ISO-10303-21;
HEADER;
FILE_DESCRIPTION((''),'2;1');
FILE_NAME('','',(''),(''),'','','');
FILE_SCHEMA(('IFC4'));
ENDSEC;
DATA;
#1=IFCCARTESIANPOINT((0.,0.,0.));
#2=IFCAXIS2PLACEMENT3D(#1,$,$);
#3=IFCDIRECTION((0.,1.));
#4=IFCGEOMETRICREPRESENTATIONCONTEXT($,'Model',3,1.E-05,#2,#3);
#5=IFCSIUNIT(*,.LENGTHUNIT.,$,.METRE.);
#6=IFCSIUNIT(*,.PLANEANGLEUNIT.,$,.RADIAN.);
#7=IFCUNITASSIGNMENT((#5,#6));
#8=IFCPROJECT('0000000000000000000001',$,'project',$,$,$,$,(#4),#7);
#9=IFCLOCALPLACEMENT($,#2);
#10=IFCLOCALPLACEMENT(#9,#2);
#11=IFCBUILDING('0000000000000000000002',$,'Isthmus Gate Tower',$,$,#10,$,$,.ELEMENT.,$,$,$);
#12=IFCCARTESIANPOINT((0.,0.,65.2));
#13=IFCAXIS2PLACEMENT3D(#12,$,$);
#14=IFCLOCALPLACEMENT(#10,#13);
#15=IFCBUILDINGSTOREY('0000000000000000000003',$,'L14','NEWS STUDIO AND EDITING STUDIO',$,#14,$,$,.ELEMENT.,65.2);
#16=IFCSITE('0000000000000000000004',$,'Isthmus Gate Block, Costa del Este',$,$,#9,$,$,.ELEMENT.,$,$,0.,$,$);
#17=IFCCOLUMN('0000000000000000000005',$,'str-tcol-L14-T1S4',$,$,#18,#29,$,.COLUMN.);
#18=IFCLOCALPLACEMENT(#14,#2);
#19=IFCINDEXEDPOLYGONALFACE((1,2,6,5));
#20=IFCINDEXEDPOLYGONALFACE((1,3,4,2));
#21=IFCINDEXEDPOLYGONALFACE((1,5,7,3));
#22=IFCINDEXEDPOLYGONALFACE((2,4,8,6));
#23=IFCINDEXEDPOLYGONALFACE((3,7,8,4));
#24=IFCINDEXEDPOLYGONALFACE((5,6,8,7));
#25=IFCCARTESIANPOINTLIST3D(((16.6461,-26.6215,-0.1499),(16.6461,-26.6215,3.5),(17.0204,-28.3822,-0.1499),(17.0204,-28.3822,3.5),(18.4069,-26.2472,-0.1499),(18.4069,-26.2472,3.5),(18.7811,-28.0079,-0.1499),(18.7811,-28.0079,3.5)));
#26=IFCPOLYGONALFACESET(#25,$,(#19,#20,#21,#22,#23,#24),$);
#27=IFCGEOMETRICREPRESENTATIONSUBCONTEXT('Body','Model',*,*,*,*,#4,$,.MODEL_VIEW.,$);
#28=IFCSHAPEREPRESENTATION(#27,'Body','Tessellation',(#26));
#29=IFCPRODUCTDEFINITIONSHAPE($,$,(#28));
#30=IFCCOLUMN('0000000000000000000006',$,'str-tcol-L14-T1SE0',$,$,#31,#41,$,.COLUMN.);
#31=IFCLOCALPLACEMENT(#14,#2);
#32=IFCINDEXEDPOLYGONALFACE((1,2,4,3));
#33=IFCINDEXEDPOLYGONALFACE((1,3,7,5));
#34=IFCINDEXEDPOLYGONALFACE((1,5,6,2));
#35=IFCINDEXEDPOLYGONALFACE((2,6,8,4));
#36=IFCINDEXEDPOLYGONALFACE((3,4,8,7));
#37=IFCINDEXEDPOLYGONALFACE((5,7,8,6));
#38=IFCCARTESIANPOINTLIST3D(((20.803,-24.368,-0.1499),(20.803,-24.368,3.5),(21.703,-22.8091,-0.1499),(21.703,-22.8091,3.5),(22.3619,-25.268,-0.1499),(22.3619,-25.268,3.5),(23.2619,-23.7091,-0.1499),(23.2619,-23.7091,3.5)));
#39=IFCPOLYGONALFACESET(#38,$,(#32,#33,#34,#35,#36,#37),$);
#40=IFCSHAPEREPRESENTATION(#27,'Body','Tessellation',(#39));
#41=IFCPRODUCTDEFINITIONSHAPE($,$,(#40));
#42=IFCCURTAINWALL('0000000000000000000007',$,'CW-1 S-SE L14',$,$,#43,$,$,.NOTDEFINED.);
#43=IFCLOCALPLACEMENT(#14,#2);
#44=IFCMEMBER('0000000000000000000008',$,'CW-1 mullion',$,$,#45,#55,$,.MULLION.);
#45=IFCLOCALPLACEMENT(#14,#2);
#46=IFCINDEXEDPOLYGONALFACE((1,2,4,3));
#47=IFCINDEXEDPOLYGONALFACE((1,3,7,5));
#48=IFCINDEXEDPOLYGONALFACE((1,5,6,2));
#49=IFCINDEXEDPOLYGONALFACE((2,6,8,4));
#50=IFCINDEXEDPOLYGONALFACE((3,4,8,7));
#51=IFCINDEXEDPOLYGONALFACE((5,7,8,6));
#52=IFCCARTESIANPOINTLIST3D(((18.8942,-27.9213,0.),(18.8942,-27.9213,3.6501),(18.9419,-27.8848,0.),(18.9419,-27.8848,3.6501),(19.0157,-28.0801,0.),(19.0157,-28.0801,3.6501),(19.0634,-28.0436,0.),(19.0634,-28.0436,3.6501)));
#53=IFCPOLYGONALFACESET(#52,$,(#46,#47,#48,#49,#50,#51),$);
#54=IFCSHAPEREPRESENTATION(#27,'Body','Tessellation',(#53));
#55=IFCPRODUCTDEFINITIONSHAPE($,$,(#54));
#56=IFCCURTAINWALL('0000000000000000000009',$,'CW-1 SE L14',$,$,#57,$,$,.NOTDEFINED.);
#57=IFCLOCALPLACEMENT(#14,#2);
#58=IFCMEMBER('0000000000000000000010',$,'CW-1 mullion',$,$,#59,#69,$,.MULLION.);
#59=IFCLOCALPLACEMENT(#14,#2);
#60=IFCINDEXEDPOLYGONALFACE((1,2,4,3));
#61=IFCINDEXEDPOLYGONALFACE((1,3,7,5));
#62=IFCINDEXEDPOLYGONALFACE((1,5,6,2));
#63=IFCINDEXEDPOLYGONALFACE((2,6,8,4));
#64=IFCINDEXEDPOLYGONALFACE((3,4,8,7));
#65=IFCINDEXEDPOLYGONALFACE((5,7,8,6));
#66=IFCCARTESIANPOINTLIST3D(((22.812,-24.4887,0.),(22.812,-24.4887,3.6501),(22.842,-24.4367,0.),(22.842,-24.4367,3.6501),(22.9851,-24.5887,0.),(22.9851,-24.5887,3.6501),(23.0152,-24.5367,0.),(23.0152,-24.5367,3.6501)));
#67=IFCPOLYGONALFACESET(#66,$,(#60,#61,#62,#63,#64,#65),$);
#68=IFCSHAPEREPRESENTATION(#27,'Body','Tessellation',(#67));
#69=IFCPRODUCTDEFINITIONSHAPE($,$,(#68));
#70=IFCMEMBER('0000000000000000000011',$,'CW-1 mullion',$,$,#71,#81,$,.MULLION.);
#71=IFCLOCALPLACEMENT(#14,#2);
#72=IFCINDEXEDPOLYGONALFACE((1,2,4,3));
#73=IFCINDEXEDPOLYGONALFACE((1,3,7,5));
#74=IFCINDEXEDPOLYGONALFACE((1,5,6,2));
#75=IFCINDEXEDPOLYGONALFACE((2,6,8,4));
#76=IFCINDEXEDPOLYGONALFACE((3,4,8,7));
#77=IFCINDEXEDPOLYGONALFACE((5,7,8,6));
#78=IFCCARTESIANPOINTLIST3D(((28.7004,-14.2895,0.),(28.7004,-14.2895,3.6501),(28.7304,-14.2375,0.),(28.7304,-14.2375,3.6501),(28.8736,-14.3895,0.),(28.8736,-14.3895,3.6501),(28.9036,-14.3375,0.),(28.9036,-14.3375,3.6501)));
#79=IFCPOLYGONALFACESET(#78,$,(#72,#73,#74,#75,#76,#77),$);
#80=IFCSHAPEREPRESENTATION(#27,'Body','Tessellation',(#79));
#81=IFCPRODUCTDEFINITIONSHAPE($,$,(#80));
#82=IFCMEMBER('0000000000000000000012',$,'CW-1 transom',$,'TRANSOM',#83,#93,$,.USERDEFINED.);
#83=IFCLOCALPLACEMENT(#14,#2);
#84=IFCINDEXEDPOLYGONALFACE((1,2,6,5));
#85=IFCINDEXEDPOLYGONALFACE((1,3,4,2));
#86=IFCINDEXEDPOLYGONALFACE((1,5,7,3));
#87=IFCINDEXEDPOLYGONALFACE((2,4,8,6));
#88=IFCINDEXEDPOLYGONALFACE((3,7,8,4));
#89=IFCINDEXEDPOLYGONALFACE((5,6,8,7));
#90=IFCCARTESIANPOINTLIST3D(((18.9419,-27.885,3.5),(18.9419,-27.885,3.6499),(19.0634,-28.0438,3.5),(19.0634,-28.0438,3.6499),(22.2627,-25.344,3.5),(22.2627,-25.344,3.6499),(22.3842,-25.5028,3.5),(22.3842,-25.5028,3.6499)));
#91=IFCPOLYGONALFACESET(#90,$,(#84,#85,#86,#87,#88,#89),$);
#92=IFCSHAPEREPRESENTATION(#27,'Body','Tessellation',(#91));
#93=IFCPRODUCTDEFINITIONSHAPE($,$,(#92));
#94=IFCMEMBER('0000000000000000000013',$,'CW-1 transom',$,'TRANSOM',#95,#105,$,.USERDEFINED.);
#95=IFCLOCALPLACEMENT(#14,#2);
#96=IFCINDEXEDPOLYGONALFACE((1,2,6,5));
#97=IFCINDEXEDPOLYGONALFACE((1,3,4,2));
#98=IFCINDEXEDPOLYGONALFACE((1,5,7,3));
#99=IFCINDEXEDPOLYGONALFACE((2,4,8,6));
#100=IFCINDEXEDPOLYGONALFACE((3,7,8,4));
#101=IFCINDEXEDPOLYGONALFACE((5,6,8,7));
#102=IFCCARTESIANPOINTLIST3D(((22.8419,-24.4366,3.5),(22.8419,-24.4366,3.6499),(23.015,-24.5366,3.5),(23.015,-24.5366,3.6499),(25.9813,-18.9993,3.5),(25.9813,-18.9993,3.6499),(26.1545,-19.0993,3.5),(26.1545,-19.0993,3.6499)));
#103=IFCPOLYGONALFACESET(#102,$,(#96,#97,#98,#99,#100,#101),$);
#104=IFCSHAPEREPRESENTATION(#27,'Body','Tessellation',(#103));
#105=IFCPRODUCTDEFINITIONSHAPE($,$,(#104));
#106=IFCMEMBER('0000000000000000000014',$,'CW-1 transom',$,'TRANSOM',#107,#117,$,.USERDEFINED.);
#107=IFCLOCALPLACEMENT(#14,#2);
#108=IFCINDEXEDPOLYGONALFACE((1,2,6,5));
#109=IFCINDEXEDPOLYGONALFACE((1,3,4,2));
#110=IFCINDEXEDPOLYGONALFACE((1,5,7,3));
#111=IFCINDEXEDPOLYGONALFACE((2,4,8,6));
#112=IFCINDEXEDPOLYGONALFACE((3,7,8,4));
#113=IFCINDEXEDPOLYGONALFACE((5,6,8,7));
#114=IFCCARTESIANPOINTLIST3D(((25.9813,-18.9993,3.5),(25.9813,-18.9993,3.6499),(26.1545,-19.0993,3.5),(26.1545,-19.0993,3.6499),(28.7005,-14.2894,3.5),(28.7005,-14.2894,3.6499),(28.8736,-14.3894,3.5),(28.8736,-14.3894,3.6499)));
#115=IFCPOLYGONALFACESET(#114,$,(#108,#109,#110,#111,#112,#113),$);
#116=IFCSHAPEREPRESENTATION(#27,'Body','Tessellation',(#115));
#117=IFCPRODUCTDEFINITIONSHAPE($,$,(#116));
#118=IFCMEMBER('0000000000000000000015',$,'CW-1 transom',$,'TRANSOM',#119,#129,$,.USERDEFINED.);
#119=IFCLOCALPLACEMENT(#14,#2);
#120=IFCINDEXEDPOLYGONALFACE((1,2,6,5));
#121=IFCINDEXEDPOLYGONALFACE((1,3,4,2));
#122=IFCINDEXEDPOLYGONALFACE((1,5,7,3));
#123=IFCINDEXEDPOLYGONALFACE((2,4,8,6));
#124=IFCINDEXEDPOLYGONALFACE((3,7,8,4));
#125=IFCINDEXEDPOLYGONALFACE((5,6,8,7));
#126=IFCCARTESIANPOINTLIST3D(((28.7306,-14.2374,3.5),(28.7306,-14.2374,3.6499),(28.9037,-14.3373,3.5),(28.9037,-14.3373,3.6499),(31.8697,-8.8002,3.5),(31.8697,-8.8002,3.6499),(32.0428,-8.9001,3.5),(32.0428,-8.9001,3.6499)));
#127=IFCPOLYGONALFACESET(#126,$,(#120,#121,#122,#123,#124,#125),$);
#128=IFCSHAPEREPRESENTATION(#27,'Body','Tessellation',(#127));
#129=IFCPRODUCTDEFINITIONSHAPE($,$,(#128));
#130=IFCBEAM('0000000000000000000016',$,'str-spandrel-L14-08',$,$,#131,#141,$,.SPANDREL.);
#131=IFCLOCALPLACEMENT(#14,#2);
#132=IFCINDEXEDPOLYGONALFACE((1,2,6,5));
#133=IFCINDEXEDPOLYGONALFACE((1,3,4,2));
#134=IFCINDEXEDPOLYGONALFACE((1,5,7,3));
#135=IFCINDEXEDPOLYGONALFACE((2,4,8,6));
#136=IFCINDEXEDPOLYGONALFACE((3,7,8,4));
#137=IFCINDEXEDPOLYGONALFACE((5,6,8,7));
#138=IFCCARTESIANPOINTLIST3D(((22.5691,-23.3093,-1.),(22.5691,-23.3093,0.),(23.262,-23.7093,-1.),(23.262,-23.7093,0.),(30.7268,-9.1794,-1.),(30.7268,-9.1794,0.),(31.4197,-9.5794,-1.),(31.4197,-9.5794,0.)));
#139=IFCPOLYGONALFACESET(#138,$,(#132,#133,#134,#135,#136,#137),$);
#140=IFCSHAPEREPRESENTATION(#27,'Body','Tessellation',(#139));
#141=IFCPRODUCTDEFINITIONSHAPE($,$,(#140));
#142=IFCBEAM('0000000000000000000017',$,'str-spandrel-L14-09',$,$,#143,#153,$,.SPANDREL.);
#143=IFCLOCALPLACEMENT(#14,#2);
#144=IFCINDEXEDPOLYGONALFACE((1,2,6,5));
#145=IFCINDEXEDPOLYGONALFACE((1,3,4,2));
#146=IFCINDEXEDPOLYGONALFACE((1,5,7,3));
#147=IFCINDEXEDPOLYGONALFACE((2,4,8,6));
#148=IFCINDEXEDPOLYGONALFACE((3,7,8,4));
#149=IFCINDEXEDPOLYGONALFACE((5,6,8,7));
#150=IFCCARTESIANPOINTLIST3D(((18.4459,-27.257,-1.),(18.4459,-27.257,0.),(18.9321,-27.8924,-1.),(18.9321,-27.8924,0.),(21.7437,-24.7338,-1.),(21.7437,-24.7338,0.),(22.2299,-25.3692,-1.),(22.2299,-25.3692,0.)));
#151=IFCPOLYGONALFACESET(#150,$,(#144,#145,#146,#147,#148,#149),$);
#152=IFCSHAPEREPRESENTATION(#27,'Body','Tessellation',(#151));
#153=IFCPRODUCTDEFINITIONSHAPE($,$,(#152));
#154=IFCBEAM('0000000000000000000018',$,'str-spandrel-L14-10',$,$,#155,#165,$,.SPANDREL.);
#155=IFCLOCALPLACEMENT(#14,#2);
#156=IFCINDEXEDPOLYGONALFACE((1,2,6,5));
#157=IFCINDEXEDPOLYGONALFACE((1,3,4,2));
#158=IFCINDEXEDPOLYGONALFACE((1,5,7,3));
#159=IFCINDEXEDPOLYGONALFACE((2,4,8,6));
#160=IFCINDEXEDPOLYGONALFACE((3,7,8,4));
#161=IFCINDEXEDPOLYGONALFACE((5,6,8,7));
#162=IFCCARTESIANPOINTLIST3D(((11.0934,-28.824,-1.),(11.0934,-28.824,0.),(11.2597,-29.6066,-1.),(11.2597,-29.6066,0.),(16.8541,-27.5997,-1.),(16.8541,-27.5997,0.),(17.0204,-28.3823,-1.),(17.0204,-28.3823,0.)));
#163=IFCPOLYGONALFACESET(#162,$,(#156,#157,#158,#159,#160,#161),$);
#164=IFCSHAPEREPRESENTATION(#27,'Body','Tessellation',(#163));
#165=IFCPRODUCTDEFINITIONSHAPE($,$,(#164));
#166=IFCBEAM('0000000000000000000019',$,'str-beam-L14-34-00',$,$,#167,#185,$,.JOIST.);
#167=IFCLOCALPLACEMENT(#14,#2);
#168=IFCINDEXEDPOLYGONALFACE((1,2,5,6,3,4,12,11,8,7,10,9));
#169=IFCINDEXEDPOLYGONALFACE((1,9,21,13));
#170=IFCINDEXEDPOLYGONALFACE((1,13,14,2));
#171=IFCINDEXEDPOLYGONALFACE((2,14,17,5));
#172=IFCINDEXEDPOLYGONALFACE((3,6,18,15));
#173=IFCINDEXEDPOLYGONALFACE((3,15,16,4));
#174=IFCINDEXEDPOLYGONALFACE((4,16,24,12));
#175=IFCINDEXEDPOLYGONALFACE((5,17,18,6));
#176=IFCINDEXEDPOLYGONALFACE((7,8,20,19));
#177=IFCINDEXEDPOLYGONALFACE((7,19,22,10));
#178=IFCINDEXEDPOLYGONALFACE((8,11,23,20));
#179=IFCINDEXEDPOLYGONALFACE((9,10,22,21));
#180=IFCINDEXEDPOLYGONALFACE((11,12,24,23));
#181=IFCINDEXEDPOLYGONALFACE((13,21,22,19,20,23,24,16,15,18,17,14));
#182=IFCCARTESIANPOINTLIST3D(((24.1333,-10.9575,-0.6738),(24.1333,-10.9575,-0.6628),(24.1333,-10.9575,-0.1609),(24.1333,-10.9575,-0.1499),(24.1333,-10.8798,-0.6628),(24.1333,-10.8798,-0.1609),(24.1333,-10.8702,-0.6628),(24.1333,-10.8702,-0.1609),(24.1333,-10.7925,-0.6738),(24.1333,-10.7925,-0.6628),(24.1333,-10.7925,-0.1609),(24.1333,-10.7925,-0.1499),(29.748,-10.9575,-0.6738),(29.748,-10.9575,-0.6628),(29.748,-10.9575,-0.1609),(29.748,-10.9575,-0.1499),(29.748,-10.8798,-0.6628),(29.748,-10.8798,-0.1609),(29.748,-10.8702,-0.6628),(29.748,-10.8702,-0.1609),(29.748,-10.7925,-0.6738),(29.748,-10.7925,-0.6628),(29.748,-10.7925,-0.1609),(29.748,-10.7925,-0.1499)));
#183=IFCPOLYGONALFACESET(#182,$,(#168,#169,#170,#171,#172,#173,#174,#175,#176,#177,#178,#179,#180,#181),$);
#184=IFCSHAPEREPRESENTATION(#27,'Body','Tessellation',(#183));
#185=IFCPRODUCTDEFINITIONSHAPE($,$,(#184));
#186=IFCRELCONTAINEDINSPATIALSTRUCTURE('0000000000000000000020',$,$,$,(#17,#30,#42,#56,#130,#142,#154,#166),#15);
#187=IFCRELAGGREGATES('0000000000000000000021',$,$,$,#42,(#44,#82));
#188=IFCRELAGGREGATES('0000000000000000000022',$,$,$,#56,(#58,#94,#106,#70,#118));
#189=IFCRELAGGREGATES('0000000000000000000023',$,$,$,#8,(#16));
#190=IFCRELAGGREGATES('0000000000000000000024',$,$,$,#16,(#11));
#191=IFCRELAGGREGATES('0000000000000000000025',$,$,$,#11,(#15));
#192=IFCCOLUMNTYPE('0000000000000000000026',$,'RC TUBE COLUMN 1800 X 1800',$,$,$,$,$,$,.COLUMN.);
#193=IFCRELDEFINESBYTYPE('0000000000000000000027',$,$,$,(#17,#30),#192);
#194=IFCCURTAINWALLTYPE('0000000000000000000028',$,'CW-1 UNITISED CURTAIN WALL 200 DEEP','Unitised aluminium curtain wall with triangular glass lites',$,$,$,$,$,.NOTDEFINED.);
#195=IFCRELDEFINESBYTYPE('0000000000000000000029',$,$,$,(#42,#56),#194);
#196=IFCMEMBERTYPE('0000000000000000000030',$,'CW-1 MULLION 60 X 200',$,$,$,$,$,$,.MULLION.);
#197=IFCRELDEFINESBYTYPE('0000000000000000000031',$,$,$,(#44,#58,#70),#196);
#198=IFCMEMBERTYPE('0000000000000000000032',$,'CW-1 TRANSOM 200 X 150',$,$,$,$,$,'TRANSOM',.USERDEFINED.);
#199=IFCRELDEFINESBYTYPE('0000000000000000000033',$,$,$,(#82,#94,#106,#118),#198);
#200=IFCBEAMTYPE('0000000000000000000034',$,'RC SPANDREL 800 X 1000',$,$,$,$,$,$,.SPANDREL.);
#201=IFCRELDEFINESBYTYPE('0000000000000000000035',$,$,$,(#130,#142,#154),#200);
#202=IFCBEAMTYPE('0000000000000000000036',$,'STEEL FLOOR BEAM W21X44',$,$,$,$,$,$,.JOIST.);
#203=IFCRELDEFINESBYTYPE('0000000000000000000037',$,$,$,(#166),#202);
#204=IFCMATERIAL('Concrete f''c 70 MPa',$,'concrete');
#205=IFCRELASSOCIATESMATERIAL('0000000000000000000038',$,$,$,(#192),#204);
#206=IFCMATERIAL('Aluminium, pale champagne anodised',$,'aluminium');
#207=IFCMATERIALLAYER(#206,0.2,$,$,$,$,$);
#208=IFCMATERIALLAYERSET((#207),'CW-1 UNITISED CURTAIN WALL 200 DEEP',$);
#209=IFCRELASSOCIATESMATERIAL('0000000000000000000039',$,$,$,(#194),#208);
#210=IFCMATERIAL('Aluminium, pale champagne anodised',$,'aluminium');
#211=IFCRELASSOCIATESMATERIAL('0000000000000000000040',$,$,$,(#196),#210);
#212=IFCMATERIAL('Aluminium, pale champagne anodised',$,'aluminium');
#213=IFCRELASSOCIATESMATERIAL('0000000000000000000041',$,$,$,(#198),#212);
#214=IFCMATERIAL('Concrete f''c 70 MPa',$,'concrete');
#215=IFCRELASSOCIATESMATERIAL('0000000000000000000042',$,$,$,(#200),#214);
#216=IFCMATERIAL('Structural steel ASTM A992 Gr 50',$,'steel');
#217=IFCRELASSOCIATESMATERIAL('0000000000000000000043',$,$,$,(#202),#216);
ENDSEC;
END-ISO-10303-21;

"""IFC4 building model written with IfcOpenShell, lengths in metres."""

from ifc_helpers import new_model, si_unit, direction, frame, origin, origin_2d, place, context, subcontext, project, spatial, rectangle, i_section, extrude, material, layer, layer_set, material_profile, profile_set, type_object, element, aggregate, save


model = new_model("IFC4")

# Units and contexts
model_context = context("Model", 3, precision=1e-05, world=origin(), true_north=direction((0.0, 1.0)))
body_context = subcontext(model_context, "Body", "Model", "MODEL_VIEW")
ifc_project = project(units=[si_unit("LENGTHUNIT", "METRE"), si_unit("PLANEANGLEUNIT", "RADIAN")], contexts=[model_context])

# Site, building, storey
site_placement = place(None, origin())
site = spatial("IfcSite", under=ifc_project, at=site_placement, Name="Isthmus Gate Block, Costa del Este", CompositionType="ELEMENT", RefElevation=0.0)
building_placement = place(site_placement, origin())
building = spatial("IfcBuilding", under=site, at=building_placement, Name="Isthmus Gate Tower", CompositionType="ELEMENT")
storey_placement = place(building_placement, frame((0.0, 0.0, 65.2)))
storey = spatial("IfcBuildingStorey", under=building, at=storey_placement, Name="L14", Description="NEWS STUDIO AND EDITING STUDIO", CompositionType="ELEMENT", Elevation=65.2)

# Columns
ifc_material_1 = material(Name="Concrete f'c 70 MPa", Category="concrete")
ifc_material_profile_1 = material_profile(ifc_material_1, rectangle(XDim=1.8, YDim=1.8, at=origin_2d()), Name="RC 1800X1800")
ifc_profile_set_1 = profile_set([ifc_material_profile_1], Name="Concrete f'c 70 MPa")
column_type = type_object("IfcColumnType", Name="RC TUBE COLUMN 1800 X 1800", PredefinedType="COLUMN", material=ifc_profile_set_1)
for number, where, z_axis, x_axis, name in (
    (1, (17.7136, -27.3147, -0.1499), (0.0, 0.0, 1.0), (0.978148, 0.207912, 0.0), "str-tcol-L14-T1S4"),
    (2, (22.0325, -24.0386, -0.1499), (0.0, 0.0, 1.0), (0.5, 0.866025, 0.0), "str-tcol-L14-T1SE0"),
):
    element("IfcColumn", number, at=place(storey_placement, frame(where, z_axis=z_axis, x_axis=x_axis)), inside=storey, type_object=column_type, Name=name, PredefinedType="COLUMN", context=body_context, shape_type="SweptSolid", body=[
        extrude(rectangle(XDim=1.8, YDim=1.8, at=origin_2d()), origin(), (0.0, 0.0, 1.0), 3.6499),
    ])

# Curtain wall, member
ifc_material_2 = material(Name="Aluminium, pale champagne anodised", Category="aluminium")
ifc_layer_1 = layer(ifc_material_2, 0.2)
ifc_layer_set_1 = layer_set([ifc_layer_1], Name="CW-1 UNITISED CURTAIN WALL 200 DEEP")
curtain_wall_type = type_object("IfcCurtainWallType", Name="CW-1 UNITISED CURTAIN WALL 200 DEEP", Description="Unitised aluminium curtain wall with triangular glass lites", PredefinedType="NOTDEFINED", material=ifc_layer_set_1)
curtain_wall_1_placement = place(storey_placement, origin())
curtain_wall_1 = element("IfcCurtainWall", 3, at=curtain_wall_1_placement, inside=storey, type_object=curtain_wall_type, Name="CW-1 S-SE L14", PredefinedType="NOTDEFINED")
ifc_material_3 = material(Name="Aluminium, pale champagne anodised", Category="aluminium")
ifc_material_profile_2 = material_profile(ifc_material_3, rectangle(XDim=0.0601, YDim=0.2, at=origin_2d()), Name="60x200")
ifc_profile_set_2 = profile_set([ifc_material_profile_2], Name="Aluminium, pale champagne anodised")
member_type_1 = type_object("IfcMemberType", Name="CW-1 MULLION 60 X 200", PredefinedType="MULLION", material=ifc_profile_set_2)
member_1_placement = place(storey_placement, frame((18.9788, -27.9824, 0.0), z_axis=(0.0, 0.0, 1.0), x_axis=(0.794189, 0.607671, 0.0)))
member_1 = element("IfcMember", 4, at=member_1_placement, type_object=member_type_1, Name="CW-1 mullion", PredefinedType="MULLION", context=body_context, shape_type="SweptSolid", body=[
    extrude(rectangle(XDim=0.0601, YDim=0.2, at=origin_2d()), origin(), (0.0, 0.0, 1.0), 3.6501),
])

# Curtain wall, members
curtain_wall_2_placement = place(storey_placement, origin())
curtain_wall_2 = element("IfcCurtainWall", 5, at=curtain_wall_2_placement, inside=storey, type_object=curtain_wall_type, Name="CW-1 SE L14", PredefinedType="NOTDEFINED")
member_2_placement = place(storey_placement, frame((22.9136, -24.5127, 0.0), z_axis=(0.0, 0.0, 1.0), x_axis=(0.5, 0.866025, 0.0)))
member_2 = element("IfcMember", 6, at=member_2_placement, type_object=member_type_1, Name="CW-1 mullion", PredefinedType="MULLION", context=body_context, shape_type="SweptSolid", body=[
    extrude(rectangle(XDim=0.0601, YDim=0.2, at=origin_2d()), origin(), (0.0, 0.0, 1.0), 3.6501),
])
member_3_placement = place(storey_placement, frame((28.802, -14.3135, 0.0), z_axis=(0.0, 0.0, 1.0), x_axis=(0.5, 0.866025, 0.0)))
member_3 = element("IfcMember", 7, at=member_3_placement, type_object=member_type_1, Name="CW-1 mullion", PredefinedType="MULLION", context=body_context, shape_type="SweptSolid", body=[
    extrude(rectangle(XDim=0.0601, YDim=0.2, at=origin_2d()), origin(), (0.0, 0.0, 1.0), 3.6501),
])

# Members
ifc_material_4 = material(Name="Aluminium, pale champagne anodised", Category="aluminium")
ifc_material_profile_3 = material_profile(ifc_material_4, rectangle(XDim=0.2, YDim=0.1499, at=origin_2d()), Name="200x150")
ifc_profile_set_3 = profile_set([ifc_material_profile_3], Name="Aluminium, pale champagne anodised")
member_type_2 = type_object("IfcMemberType", Name="CW-1 TRANSOM 200 X 150", ElementType="TRANSOM", PredefinedType="USERDEFINED", material=ifc_profile_set_3)
member_4_placement = place(storey_placement, frame((19.0027, -27.9644, 3.575), z_axis=(0.794175, 0.607688, 0.0), x_axis=(-0.607688, 0.794175, 0.0)))
member_4 = element("IfcMember", 8, at=member_4_placement, type_object=member_type_2, Name="CW-1 transom", ObjectType="TRANSOM", PredefinedType="USERDEFINED", context=body_context, shape_type="SweptSolid", body=[
    extrude(rectangle(XDim=0.2, YDim=0.1499, at=origin_2d()), origin(), (0.0, 0.0, 1.0), 4.1814),
])
member_5_placement = place(storey_placement, frame((22.9285, -24.4866, 3.575), z_axis=(0.500024, 0.866011, 0.0), x_axis=(-0.866011, 0.500024, 0.0)))
member_5 = element("IfcMember", 9, at=member_5_placement, type_object=member_type_2, Name="CW-1 transom", ObjectType="TRANSOM", PredefinedType="USERDEFINED", context=body_context, shape_type="SweptSolid", body=[
    extrude(rectangle(XDim=0.2, YDim=0.1499, at=origin_2d()), origin(), (0.0, 0.0, 1.0), 6.2786),
])
member_6_placement = place(storey_placement, frame((26.0679, -19.0493, 3.575), z_axis=(0.499992, 0.86603, 0.0), x_axis=(-0.86603, 0.499992, 0.0)))
member_6 = element("IfcMember", 10, at=member_6_placement, type_object=member_type_2, Name="CW-1 transom", ObjectType="TRANSOM", PredefinedType="USERDEFINED", context=body_context, shape_type="SweptSolid", body=[
    extrude(rectangle(XDim=0.2, YDim=0.1499, at=origin_2d()), origin(), (0.0, 0.0, 1.0), 5.4385),
])
member_7_placement = place(storey_placement, frame((28.8171, -14.2874, 3.575), z_axis=(0.499995, 0.866028, 0.0), x_axis=(-0.866028, 0.499995, 0.0)))
member_7 = element("IfcMember", 11, at=member_7_placement, type_object=member_type_2, Name="CW-1 transom", ObjectType="TRANSOM", PredefinedType="USERDEFINED", context=body_context, shape_type="SweptSolid", body=[
    extrude(rectangle(XDim=0.2, YDim=0.1499, at=origin_2d()), origin(), (0.0, 0.0, 1.0), 6.2783),
])

# Beams
ifc_material_5 = material(Name="Concrete f'c 70 MPa", Category="concrete")
ifc_material_profile_4 = material_profile(ifc_material_5, rectangle(XDim=0.8, YDim=1.0, at=origin_2d()), Name="RC 800X1000")
ifc_profile_set_4 = profile_set([ifc_material_profile_4], Name="Concrete f'c 70 MPa")
beam_type_1 = type_object("IfcBeamType", Name="RC SPANDREL 800 X 1000", PredefinedType="SPANDREL", material=ifc_profile_set_4)
beam_1_placement = place(storey_placement, frame((31.0732, -9.3794, -0.5), z_axis=(-0.499992, -0.86603, 0.0), x_axis=(0.86603, -0.499992, 0.0)))
element("IfcBeam", 12, at=beam_1_placement, inside=storey, type_object=beam_type_1, Name="str-spandrel-L14-08", PredefinedType="SPANDREL", context=body_context, shape_type="SweptSolid", body=[
    extrude(rectangle(XDim=0.8, YDim=1.0, at=origin_2d()), origin(), (0.0, 0.0, 1.0), 16.3157),
])
beam_2_placement = place(storey_placement, frame((21.9868, -25.0515, -0.5), z_axis=(-0.794206, -0.607649, 0.0), x_axis=(0.607649, -0.794206, 0.0)))
element("IfcBeam", 13, at=beam_2_placement, inside=storey, type_object=beam_type_1, Name="str-spandrel-L14-09", PredefinedType="SPANDREL", context=body_context, shape_type="SweptSolid", body=[
    extrude(rectangle(XDim=0.8, YDim=1.0, at=origin_2d()), origin(), (0.0, 0.0, 1.0), 4.1523),
])
beam_3_placement = place(storey_placement, frame((16.9373, -27.991, -0.5), z_axis=(-0.978152, -0.207892, 0.0), x_axis=(0.207892, -0.978152, 0.0)))
element("IfcBeam", 14, at=beam_3_placement, inside=storey, type_object=beam_type_1, Name="str-spandrel-L14-10", PredefinedType="SPANDREL", context=body_context, shape_type="SweptSolid", body=[
    extrude(rectangle(XDim=0.8, YDim=1.0, at=origin_2d()), origin(), (0.0, 0.0, 1.0), 5.8894),
])
ifc_material_6 = material(Name="Structural steel ASTM A992 Gr 50", Category="steel")
ifc_material_profile_5 = material_profile(ifc_material_6, i_section(OverallWidth=0.165, OverallDepth=0.5239, WebThickness=0.0095, FlangeThickness=0.011, at=origin_2d()), Name="W21X44")
ifc_profile_set_5 = profile_set([ifc_material_profile_5], Name="Structural steel ASTM A992 Gr 50")
beam_type_2 = type_object("IfcBeamType", Name="STEEL FLOOR BEAM W21X44", PredefinedType="JOIST", material=ifc_profile_set_5)
beam_4_placement = place(storey_placement, frame((24.1333, -10.875, -0.4119), z_axis=(1.0, 0.0, 0.0), x_axis=(0.0, 1.0, 0.0)))
element("IfcBeam", 15, at=beam_4_placement, inside=storey, type_object=beam_type_2, Name="str-beam-L14-34-00", PredefinedType="JOIST", context=body_context, shape_type="SweptSolid", body=[
    extrude(i_section(OverallWidth=0.165, OverallDepth=0.5239, WebThickness=0.0095, FlangeThickness=0.011, at=origin_2d()), origin(), (0.0, 0.0, 1.0), 5.6147),
])

aggregate(curtain_wall_1, [member_1, member_4])
aggregate(curtain_wall_2, [member_2, member_5, member_6, member_3, member_7])

save(model, "model.ifc")
